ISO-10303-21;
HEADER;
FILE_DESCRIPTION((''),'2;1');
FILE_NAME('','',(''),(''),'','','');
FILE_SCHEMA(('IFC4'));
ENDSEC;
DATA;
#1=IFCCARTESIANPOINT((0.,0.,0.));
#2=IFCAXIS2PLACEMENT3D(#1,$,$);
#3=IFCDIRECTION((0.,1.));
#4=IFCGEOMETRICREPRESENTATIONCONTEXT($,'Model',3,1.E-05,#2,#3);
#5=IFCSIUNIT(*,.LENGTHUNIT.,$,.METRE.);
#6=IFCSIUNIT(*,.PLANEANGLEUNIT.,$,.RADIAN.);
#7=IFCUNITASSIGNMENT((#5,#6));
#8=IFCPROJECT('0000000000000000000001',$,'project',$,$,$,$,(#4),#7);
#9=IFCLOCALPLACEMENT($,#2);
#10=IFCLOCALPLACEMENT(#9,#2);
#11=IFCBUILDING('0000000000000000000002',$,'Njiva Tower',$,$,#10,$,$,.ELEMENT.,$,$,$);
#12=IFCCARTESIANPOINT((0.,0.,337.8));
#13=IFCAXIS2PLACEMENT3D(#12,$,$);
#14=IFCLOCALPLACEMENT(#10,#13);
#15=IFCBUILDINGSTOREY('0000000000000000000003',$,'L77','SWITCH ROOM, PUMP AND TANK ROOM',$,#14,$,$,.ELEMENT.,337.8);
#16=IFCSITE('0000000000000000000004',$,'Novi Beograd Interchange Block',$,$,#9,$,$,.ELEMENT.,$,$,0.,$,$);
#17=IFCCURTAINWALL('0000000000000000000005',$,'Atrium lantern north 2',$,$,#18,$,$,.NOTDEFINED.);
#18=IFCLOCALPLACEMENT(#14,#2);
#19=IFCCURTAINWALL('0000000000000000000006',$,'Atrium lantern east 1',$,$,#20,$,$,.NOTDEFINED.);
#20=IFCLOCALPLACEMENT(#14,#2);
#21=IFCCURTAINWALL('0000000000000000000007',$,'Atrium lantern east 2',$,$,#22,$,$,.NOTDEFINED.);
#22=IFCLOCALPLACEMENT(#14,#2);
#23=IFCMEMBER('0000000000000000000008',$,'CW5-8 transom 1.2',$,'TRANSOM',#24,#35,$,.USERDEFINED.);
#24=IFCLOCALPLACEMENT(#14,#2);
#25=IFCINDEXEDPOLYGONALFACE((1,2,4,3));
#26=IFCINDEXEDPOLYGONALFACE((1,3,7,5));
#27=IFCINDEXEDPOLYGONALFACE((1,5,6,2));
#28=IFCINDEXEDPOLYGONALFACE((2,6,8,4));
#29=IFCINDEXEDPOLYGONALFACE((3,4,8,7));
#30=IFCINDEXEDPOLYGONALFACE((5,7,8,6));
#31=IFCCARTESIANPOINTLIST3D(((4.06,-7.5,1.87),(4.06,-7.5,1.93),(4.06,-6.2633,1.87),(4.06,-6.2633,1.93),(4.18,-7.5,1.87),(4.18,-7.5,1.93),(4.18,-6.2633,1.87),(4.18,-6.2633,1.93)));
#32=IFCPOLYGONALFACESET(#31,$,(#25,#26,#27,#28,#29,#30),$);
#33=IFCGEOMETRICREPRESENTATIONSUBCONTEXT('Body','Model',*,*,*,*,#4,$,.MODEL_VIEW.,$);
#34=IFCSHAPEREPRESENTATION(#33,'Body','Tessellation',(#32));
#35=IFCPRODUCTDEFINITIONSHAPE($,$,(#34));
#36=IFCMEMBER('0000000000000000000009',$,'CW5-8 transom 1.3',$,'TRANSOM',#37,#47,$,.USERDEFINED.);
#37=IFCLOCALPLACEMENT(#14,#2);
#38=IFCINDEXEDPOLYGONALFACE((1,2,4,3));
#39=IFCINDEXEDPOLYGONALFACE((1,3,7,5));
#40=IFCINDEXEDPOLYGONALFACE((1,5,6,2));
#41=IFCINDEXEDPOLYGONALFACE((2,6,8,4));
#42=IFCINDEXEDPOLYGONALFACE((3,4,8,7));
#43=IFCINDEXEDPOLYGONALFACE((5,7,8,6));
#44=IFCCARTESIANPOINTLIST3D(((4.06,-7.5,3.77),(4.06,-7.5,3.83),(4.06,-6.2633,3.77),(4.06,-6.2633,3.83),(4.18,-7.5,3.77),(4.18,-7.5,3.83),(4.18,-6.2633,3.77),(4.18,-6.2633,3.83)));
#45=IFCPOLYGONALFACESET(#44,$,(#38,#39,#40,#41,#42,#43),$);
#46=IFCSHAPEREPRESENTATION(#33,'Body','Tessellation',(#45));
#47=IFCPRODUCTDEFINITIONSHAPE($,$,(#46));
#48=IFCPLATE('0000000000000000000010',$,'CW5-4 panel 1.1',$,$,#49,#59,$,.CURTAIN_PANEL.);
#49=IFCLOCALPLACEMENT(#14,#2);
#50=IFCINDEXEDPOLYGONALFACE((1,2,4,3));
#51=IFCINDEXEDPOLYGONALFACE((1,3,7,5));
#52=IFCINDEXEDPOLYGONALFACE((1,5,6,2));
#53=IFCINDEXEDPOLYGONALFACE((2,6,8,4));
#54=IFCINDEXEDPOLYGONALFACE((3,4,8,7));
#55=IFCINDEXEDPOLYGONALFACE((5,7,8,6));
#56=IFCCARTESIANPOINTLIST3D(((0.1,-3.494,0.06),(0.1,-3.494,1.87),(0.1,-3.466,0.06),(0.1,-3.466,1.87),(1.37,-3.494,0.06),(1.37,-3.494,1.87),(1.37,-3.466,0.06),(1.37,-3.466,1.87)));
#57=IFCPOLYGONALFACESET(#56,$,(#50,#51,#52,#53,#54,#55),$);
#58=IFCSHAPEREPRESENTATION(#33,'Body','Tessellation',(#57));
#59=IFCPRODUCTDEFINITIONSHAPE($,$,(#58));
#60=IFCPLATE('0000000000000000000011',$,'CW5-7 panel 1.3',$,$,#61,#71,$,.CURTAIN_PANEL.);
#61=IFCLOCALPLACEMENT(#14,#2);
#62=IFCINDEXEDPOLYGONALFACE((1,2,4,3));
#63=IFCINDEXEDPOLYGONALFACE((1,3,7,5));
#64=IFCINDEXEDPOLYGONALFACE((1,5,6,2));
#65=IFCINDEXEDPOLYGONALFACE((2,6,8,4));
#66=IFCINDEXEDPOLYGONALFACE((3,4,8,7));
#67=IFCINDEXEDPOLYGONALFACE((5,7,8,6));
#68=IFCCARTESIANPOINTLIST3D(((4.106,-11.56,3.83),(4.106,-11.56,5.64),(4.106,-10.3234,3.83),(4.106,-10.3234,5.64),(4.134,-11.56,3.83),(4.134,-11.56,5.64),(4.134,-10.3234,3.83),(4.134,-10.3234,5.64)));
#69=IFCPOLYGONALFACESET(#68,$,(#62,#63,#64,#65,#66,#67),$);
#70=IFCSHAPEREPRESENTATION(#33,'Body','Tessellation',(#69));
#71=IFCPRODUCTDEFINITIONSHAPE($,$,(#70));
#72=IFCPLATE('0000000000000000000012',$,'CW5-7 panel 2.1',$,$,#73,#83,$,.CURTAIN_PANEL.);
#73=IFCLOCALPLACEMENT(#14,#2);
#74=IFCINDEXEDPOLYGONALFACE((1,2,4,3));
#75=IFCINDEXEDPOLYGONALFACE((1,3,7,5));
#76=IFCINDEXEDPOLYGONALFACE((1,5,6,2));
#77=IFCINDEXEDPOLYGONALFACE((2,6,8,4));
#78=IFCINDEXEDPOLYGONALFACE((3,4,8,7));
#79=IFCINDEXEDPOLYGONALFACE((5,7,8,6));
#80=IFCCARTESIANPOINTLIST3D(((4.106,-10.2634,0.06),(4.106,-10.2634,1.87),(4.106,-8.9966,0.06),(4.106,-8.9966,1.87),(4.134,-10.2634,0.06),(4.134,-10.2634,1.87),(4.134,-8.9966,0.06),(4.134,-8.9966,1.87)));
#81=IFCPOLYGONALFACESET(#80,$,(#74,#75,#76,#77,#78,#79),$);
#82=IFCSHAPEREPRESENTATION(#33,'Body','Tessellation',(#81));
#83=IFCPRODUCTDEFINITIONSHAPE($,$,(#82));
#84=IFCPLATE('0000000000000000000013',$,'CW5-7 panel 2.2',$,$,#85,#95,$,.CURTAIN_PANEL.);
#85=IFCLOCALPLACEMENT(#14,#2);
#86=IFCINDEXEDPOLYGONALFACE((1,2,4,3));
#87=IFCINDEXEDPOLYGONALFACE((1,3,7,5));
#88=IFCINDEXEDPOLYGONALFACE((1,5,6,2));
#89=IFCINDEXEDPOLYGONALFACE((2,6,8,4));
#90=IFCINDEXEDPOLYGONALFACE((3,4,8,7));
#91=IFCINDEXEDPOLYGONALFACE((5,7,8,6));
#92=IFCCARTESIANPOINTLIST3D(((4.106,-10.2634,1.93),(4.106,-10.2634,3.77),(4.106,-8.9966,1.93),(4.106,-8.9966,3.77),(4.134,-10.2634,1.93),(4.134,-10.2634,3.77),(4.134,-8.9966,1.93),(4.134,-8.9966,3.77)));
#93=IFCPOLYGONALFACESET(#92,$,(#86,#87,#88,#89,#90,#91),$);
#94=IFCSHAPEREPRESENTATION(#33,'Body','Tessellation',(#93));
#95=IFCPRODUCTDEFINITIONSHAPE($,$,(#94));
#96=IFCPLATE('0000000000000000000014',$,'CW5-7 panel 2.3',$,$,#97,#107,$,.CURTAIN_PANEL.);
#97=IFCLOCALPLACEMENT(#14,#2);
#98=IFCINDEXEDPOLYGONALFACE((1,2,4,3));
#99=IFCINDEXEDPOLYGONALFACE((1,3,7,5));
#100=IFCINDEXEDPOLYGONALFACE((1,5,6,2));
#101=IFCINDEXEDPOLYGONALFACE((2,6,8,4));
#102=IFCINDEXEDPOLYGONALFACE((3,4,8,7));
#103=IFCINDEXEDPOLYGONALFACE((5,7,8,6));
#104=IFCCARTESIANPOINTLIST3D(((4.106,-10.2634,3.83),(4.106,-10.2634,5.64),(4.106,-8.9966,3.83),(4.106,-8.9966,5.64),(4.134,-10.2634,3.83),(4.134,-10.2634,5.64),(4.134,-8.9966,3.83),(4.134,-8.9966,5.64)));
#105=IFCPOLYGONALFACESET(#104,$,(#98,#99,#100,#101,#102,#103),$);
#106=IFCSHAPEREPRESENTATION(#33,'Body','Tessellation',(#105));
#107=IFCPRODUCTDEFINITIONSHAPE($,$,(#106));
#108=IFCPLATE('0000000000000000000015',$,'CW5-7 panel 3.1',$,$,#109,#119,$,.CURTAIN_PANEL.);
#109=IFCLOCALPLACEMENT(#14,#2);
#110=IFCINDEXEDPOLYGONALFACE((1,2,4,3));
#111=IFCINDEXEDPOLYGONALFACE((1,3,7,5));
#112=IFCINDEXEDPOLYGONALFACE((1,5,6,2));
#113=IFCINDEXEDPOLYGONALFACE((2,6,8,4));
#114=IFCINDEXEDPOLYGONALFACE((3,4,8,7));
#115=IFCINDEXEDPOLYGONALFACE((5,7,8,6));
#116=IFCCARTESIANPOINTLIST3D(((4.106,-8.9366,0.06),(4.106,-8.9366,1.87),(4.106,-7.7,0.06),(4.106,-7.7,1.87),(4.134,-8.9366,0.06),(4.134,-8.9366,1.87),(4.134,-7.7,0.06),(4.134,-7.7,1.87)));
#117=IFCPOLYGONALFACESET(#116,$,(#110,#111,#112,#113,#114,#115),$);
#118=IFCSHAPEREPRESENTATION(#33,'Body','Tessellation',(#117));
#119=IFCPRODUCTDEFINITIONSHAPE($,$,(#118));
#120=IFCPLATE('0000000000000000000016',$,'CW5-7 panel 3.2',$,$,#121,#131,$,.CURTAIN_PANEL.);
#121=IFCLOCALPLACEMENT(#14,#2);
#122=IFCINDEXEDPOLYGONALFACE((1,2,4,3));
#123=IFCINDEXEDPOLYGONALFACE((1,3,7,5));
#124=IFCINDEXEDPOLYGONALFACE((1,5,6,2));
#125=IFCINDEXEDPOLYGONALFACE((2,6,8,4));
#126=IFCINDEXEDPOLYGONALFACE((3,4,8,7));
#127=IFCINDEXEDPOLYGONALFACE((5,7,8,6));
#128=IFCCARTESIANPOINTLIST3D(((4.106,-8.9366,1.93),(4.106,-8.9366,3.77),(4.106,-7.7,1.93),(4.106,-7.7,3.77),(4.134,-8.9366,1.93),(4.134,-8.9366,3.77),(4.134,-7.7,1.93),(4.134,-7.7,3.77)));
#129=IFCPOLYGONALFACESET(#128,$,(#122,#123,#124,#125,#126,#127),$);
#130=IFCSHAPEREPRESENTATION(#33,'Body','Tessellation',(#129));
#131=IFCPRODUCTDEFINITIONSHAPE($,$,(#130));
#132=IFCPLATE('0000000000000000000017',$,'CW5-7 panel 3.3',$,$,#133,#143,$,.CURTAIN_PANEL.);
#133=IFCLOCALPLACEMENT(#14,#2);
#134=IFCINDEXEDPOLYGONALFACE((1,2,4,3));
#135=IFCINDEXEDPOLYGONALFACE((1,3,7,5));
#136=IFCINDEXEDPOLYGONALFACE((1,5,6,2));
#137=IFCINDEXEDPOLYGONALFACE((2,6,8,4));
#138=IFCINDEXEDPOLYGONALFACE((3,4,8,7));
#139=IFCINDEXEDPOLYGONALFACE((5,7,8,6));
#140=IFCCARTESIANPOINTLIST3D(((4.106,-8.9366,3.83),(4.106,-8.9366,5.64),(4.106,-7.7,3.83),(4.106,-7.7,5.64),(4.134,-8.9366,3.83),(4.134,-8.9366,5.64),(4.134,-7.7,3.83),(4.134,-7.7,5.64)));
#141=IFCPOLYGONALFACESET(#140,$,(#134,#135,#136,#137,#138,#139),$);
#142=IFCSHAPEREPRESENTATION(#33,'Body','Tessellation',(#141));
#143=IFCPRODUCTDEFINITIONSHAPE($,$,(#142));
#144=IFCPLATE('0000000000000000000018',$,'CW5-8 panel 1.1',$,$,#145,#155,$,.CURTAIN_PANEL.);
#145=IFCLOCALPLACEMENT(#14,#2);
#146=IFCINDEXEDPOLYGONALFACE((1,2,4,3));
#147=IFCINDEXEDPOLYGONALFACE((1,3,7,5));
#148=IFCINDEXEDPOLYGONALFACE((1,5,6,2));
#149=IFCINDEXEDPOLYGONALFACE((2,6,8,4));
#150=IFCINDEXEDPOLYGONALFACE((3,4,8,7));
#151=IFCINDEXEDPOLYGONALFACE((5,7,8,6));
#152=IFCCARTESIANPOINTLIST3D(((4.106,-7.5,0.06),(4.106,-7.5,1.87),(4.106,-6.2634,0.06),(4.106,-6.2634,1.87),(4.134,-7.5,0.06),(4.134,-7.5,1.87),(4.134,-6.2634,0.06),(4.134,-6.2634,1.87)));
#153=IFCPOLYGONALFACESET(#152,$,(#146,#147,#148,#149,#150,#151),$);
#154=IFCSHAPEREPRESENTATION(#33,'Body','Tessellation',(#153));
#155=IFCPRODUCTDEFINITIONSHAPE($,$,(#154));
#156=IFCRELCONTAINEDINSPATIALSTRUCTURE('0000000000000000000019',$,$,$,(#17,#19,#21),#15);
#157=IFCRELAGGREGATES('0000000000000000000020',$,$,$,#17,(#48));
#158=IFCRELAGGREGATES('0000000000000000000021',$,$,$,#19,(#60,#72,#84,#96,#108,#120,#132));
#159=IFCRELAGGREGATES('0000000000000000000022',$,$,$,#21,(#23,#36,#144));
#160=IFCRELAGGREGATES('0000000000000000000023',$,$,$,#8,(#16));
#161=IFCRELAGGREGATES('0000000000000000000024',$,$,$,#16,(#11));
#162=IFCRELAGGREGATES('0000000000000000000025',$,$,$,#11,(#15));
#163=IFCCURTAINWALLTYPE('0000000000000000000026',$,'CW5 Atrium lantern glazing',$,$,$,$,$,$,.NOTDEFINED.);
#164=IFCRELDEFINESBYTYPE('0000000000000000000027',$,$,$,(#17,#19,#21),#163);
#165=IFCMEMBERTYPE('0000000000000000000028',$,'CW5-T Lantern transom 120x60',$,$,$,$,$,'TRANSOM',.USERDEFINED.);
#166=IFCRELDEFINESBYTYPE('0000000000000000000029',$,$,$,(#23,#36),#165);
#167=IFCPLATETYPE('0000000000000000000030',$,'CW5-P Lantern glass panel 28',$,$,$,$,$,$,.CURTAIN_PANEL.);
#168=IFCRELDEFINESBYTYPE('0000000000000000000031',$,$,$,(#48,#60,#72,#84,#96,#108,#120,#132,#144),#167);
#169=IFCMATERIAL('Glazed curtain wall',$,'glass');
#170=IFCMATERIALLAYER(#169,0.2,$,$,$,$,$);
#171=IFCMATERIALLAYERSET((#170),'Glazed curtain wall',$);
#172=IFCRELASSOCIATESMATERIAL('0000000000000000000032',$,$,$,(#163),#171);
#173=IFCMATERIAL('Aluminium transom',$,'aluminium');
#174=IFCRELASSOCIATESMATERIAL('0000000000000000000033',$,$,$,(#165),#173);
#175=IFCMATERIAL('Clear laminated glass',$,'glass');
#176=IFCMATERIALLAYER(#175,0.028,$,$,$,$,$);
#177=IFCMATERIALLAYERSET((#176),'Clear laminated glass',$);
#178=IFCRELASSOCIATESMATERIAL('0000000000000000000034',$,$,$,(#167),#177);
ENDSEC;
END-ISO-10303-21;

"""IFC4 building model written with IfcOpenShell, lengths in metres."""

from ifc_helpers import new_model, si_unit, direction, frame, origin, origin_2d, place, context, subcontext, project, spatial, rectangle, extrude, material, layer, layer_set, material_profile, profile_set, type_object, element, aggregate, save


model = new_model("IFC4")

# Units and contexts
model_context = context("Model", 3, precision=1e-05, world=origin(), true_north=direction((0.0, 1.0)))
body_context = subcontext(model_context, "Body", "Model", "MODEL_VIEW")
ifc_project = project(units=[si_unit("LENGTHUNIT", "METRE"), si_unit("PLANEANGLEUNIT", "RADIAN")], contexts=[model_context])

# Site, building, storey
site_placement = place(None, origin())
site = spatial("IfcSite", under=ifc_project, at=site_placement, Name="Novi Beograd Interchange Block", CompositionType="ELEMENT", RefElevation=0.0)
building_placement = place(site_placement, origin())
building = spatial("IfcBuilding", under=site, at=building_placement, Name="Njiva Tower", CompositionType="ELEMENT")
storey_placement = place(building_placement, frame((0.0, 0.0, 337.8)))
storey = spatial("IfcBuildingStorey", under=building, at=storey_placement, Name="L77", Description="SWITCH ROOM, PUMP AND TANK ROOM", CompositionType="ELEMENT", Elevation=337.8)

# Curtain wall
ifc_material_1 = material(Name="Glazed curtain wall", Category="glass")
ifc_layer_1 = layer(ifc_material_1, 0.2)
ifc_layer_set_1 = layer_set([ifc_layer_1], Name="Glazed curtain wall")
curtain_wall_type = type_object("IfcCurtainWallType", Name="CW5 Atrium lantern glazing", PredefinedType="NOTDEFINED", material=ifc_layer_set_1)
curtain_wall_1_placement = place(storey_placement, origin())
curtain_wall_1 = element("IfcCurtainWall", 1, at=curtain_wall_1_placement, inside=storey, type_object=curtain_wall_type, Name="Atrium lantern north 2", PredefinedType="NOTDEFINED")

# Curtain wall
curtain_wall_2_placement = place(storey_placement, origin())
curtain_wall_2 = element("IfcCurtainWall", 2, at=curtain_wall_2_placement, inside=storey, type_object=curtain_wall_type, Name="Atrium lantern east 1", PredefinedType="NOTDEFINED")

# Curtain wall
curtain_wall_3_placement = place(storey_placement, origin())
curtain_wall_3 = element("IfcCurtainWall", 3, at=curtain_wall_3_placement, inside=storey, type_object=curtain_wall_type, Name="Atrium lantern east 2", PredefinedType="NOTDEFINED")

# Members
ifc_material_2 = material(Name="Aluminium transom", Category="aluminium")
ifc_material_profile_1 = material_profile(ifc_material_2, rectangle(XDim=0.12, YDim=0.06, at=origin_2d()), Name="RECT 120x60")
ifc_profile_set_1 = profile_set([ifc_material_profile_1], Name="Aluminium transom")
member_type_1 = type_object("IfcMemberType", Name="CW5-T Lantern transom 120x60", ElementType="TRANSOM", PredefinedType="USERDEFINED", material=ifc_profile_set_1)
member_1_placement = place(storey_placement, frame((4.12, -7.5, 1.9), z_axis=(0.0, 1.0, 0.0), x_axis=(-1.0, 0.0, 0.0)))
member_1 = element("IfcMember", 4, at=member_1_placement, type_object=member_type_1, Name="CW5-8 transom 1.2", ObjectType="TRANSOM", PredefinedType="USERDEFINED", context=body_context, shape_type="SweptSolid", body=[
    extrude(rectangle(XDim=0.12, YDim=0.06, at=origin_2d()), origin(), (0.0, 0.0, 1.0), 1.2367),
])
member_2_placement = place(storey_placement, frame((4.12, -7.5, 3.8), z_axis=(0.0, 1.0, 0.0), x_axis=(-1.0, 0.0, 0.0)))
member_2 = element("IfcMember", 5, at=member_2_placement, type_object=member_type_1, Name="CW5-8 transom 1.3", ObjectType="TRANSOM", PredefinedType="USERDEFINED", context=body_context, shape_type="SweptSolid", body=[
    extrude(rectangle(XDim=0.12, YDim=0.06, at=origin_2d()), origin(), (0.0, 0.0, 1.0), 1.2367),
])

# Plates
ifc_material_3 = material(Name="Clear laminated glass", Category="glass")
ifc_layer_2 = layer(ifc_material_3, 0.028)
ifc_layer_set_2 = layer_set([ifc_layer_2], Name="Clear laminated glass")
plate_type = type_object("IfcPlateType", Name="CW5-P Lantern glass panel 28", PredefinedType="CURTAIN_PANEL", material=ifc_layer_set_2)
plate_1_placement = place(storey_placement, frame((0.735, -3.48, 0.06), z_axis=(0.0, 0.0, 1.0), x_axis=(1.0, 0.0, 0.0)))
plate_1 = element("IfcPlate", 6, at=plate_1_placement, type_object=plate_type, Name="CW5-4 panel 1.1", PredefinedType="CURTAIN_PANEL", context=body_context, shape_type="SweptSolid", body=[
    extrude(rectangle(XDim=1.27, YDim=0.028, at=origin_2d()), origin(), (0.0, 0.0, 1.0), 1.81),
])
aggregate(curtain_wall_1, [plate_1])
plate_2_placement = place(storey_placement, frame((4.12, -10.9417, 3.83), z_axis=(0.0, 0.0, 1.0), x_axis=(0.0, 1.0, 0.0)))
plate_2 = element("IfcPlate", 7, at=plate_2_placement, type_object=plate_type, Name="CW5-7 panel 1.3", PredefinedType="CURTAIN_PANEL", context=body_context, shape_type="SweptSolid", body=[
    extrude(rectangle(XDim=1.2367, YDim=0.028, at=origin_2d()), origin(), (0.0, 0.0, 1.0), 1.81),
])
plate_3_placement = place(storey_placement, frame((4.12, -9.63, 0.06), z_axis=(0.0, 0.0, 1.0), x_axis=(0.0, 1.0, 0.0)))
plate_3 = element("IfcPlate", 8, at=plate_3_placement, type_object=plate_type, Name="CW5-7 panel 2.1", PredefinedType="CURTAIN_PANEL", context=body_context, shape_type="SweptSolid", body=[
    extrude(rectangle(XDim=1.2667, YDim=0.028, at=origin_2d()), origin(), (0.0, 0.0, 1.0), 1.81),
])
plate_4_placement = place(storey_placement, frame((4.12, -9.63, 1.93), z_axis=(0.0, 0.0, 1.0), x_axis=(0.0, 1.0, 0.0)))
plate_4 = element("IfcPlate", 9, at=plate_4_placement, type_object=plate_type, Name="CW5-7 panel 2.2", PredefinedType="CURTAIN_PANEL", context=body_context, shape_type="SweptSolid", body=[
    extrude(rectangle(XDim=1.2667, YDim=0.028, at=origin_2d()), origin(), (0.0, 0.0, 1.0), 1.84),
])
plate_5_placement = place(storey_placement, frame((4.12, -9.63, 3.83), z_axis=(0.0, 0.0, 1.0), x_axis=(0.0, 1.0, 0.0)))
plate_5 = element("IfcPlate", 10, at=plate_5_placement, type_object=plate_type, Name="CW5-7 panel 2.3", PredefinedType="CURTAIN_PANEL", context=body_context, shape_type="SweptSolid", body=[
    extrude(rectangle(XDim=1.2667, YDim=0.028, at=origin_2d()), origin(), (0.0, 0.0, 1.0), 1.81),
])
plate_6_placement = place(storey_placement, frame((4.12, -8.3183, 0.06), z_axis=(0.0, 0.0, 1.0), x_axis=(0.0, 1.0, 0.0)))
plate_6 = element("IfcPlate", 11, at=plate_6_placement, type_object=plate_type, Name="CW5-7 panel 3.1", PredefinedType="CURTAIN_PANEL", context=body_context, shape_type="SweptSolid", body=[
    extrude(rectangle(XDim=1.2367, YDim=0.028, at=origin_2d()), origin(), (0.0, 0.0, 1.0), 1.81),
])
plate_7_placement = place(storey_placement, frame((4.12, -8.3183, 1.93), z_axis=(0.0, 0.0, 1.0), x_axis=(0.0, 1.0, 0.0)))
plate_7 = element("IfcPlate", 12, at=plate_7_placement, type_object=plate_type, Name="CW5-7 panel 3.2", PredefinedType="CURTAIN_PANEL", context=body_context, shape_type="SweptSolid", body=[
    extrude(rectangle(XDim=1.2367, YDim=0.028, at=origin_2d()), origin(), (0.0, 0.0, 1.0), 1.84),
])
plate_8_placement = place(storey_placement, frame((4.12, -8.3183, 3.83), z_axis=(0.0, 0.0, 1.0), x_axis=(0.0, 1.0, 0.0)))
plate_8 = element("IfcPlate", 13, at=plate_8_placement, type_object=plate_type, Name="CW5-7 panel 3.3", PredefinedType="CURTAIN_PANEL", context=body_context, shape_type="SweptSolid", body=[
    extrude(rectangle(XDim=1.2367, YDim=0.028, at=origin_2d()), origin(), (0.0, 0.0, 1.0), 1.81),
])
aggregate(curtain_wall_2, [plate_2, plate_3, plate_4, plate_5, plate_6, plate_7, plate_8])
plate_9_placement = place(storey_placement, frame((4.12, -6.8817, 0.06), z_axis=(0.0, 0.0, 1.0), x_axis=(0.0, 1.0, 0.0)))
plate_9 = element("IfcPlate", 14, at=plate_9_placement, type_object=plate_type, Name="CW5-8 panel 1.1", PredefinedType="CURTAIN_PANEL", context=body_context, shape_type="SweptSolid", body=[
    extrude(rectangle(XDim=1.2367, YDim=0.028, at=origin_2d()), origin(), (0.0, 0.0, 1.0), 1.81),
])
aggregate(curtain_wall_3, [member_1, member_2, plate_9])

save(model, "model.ifc")
